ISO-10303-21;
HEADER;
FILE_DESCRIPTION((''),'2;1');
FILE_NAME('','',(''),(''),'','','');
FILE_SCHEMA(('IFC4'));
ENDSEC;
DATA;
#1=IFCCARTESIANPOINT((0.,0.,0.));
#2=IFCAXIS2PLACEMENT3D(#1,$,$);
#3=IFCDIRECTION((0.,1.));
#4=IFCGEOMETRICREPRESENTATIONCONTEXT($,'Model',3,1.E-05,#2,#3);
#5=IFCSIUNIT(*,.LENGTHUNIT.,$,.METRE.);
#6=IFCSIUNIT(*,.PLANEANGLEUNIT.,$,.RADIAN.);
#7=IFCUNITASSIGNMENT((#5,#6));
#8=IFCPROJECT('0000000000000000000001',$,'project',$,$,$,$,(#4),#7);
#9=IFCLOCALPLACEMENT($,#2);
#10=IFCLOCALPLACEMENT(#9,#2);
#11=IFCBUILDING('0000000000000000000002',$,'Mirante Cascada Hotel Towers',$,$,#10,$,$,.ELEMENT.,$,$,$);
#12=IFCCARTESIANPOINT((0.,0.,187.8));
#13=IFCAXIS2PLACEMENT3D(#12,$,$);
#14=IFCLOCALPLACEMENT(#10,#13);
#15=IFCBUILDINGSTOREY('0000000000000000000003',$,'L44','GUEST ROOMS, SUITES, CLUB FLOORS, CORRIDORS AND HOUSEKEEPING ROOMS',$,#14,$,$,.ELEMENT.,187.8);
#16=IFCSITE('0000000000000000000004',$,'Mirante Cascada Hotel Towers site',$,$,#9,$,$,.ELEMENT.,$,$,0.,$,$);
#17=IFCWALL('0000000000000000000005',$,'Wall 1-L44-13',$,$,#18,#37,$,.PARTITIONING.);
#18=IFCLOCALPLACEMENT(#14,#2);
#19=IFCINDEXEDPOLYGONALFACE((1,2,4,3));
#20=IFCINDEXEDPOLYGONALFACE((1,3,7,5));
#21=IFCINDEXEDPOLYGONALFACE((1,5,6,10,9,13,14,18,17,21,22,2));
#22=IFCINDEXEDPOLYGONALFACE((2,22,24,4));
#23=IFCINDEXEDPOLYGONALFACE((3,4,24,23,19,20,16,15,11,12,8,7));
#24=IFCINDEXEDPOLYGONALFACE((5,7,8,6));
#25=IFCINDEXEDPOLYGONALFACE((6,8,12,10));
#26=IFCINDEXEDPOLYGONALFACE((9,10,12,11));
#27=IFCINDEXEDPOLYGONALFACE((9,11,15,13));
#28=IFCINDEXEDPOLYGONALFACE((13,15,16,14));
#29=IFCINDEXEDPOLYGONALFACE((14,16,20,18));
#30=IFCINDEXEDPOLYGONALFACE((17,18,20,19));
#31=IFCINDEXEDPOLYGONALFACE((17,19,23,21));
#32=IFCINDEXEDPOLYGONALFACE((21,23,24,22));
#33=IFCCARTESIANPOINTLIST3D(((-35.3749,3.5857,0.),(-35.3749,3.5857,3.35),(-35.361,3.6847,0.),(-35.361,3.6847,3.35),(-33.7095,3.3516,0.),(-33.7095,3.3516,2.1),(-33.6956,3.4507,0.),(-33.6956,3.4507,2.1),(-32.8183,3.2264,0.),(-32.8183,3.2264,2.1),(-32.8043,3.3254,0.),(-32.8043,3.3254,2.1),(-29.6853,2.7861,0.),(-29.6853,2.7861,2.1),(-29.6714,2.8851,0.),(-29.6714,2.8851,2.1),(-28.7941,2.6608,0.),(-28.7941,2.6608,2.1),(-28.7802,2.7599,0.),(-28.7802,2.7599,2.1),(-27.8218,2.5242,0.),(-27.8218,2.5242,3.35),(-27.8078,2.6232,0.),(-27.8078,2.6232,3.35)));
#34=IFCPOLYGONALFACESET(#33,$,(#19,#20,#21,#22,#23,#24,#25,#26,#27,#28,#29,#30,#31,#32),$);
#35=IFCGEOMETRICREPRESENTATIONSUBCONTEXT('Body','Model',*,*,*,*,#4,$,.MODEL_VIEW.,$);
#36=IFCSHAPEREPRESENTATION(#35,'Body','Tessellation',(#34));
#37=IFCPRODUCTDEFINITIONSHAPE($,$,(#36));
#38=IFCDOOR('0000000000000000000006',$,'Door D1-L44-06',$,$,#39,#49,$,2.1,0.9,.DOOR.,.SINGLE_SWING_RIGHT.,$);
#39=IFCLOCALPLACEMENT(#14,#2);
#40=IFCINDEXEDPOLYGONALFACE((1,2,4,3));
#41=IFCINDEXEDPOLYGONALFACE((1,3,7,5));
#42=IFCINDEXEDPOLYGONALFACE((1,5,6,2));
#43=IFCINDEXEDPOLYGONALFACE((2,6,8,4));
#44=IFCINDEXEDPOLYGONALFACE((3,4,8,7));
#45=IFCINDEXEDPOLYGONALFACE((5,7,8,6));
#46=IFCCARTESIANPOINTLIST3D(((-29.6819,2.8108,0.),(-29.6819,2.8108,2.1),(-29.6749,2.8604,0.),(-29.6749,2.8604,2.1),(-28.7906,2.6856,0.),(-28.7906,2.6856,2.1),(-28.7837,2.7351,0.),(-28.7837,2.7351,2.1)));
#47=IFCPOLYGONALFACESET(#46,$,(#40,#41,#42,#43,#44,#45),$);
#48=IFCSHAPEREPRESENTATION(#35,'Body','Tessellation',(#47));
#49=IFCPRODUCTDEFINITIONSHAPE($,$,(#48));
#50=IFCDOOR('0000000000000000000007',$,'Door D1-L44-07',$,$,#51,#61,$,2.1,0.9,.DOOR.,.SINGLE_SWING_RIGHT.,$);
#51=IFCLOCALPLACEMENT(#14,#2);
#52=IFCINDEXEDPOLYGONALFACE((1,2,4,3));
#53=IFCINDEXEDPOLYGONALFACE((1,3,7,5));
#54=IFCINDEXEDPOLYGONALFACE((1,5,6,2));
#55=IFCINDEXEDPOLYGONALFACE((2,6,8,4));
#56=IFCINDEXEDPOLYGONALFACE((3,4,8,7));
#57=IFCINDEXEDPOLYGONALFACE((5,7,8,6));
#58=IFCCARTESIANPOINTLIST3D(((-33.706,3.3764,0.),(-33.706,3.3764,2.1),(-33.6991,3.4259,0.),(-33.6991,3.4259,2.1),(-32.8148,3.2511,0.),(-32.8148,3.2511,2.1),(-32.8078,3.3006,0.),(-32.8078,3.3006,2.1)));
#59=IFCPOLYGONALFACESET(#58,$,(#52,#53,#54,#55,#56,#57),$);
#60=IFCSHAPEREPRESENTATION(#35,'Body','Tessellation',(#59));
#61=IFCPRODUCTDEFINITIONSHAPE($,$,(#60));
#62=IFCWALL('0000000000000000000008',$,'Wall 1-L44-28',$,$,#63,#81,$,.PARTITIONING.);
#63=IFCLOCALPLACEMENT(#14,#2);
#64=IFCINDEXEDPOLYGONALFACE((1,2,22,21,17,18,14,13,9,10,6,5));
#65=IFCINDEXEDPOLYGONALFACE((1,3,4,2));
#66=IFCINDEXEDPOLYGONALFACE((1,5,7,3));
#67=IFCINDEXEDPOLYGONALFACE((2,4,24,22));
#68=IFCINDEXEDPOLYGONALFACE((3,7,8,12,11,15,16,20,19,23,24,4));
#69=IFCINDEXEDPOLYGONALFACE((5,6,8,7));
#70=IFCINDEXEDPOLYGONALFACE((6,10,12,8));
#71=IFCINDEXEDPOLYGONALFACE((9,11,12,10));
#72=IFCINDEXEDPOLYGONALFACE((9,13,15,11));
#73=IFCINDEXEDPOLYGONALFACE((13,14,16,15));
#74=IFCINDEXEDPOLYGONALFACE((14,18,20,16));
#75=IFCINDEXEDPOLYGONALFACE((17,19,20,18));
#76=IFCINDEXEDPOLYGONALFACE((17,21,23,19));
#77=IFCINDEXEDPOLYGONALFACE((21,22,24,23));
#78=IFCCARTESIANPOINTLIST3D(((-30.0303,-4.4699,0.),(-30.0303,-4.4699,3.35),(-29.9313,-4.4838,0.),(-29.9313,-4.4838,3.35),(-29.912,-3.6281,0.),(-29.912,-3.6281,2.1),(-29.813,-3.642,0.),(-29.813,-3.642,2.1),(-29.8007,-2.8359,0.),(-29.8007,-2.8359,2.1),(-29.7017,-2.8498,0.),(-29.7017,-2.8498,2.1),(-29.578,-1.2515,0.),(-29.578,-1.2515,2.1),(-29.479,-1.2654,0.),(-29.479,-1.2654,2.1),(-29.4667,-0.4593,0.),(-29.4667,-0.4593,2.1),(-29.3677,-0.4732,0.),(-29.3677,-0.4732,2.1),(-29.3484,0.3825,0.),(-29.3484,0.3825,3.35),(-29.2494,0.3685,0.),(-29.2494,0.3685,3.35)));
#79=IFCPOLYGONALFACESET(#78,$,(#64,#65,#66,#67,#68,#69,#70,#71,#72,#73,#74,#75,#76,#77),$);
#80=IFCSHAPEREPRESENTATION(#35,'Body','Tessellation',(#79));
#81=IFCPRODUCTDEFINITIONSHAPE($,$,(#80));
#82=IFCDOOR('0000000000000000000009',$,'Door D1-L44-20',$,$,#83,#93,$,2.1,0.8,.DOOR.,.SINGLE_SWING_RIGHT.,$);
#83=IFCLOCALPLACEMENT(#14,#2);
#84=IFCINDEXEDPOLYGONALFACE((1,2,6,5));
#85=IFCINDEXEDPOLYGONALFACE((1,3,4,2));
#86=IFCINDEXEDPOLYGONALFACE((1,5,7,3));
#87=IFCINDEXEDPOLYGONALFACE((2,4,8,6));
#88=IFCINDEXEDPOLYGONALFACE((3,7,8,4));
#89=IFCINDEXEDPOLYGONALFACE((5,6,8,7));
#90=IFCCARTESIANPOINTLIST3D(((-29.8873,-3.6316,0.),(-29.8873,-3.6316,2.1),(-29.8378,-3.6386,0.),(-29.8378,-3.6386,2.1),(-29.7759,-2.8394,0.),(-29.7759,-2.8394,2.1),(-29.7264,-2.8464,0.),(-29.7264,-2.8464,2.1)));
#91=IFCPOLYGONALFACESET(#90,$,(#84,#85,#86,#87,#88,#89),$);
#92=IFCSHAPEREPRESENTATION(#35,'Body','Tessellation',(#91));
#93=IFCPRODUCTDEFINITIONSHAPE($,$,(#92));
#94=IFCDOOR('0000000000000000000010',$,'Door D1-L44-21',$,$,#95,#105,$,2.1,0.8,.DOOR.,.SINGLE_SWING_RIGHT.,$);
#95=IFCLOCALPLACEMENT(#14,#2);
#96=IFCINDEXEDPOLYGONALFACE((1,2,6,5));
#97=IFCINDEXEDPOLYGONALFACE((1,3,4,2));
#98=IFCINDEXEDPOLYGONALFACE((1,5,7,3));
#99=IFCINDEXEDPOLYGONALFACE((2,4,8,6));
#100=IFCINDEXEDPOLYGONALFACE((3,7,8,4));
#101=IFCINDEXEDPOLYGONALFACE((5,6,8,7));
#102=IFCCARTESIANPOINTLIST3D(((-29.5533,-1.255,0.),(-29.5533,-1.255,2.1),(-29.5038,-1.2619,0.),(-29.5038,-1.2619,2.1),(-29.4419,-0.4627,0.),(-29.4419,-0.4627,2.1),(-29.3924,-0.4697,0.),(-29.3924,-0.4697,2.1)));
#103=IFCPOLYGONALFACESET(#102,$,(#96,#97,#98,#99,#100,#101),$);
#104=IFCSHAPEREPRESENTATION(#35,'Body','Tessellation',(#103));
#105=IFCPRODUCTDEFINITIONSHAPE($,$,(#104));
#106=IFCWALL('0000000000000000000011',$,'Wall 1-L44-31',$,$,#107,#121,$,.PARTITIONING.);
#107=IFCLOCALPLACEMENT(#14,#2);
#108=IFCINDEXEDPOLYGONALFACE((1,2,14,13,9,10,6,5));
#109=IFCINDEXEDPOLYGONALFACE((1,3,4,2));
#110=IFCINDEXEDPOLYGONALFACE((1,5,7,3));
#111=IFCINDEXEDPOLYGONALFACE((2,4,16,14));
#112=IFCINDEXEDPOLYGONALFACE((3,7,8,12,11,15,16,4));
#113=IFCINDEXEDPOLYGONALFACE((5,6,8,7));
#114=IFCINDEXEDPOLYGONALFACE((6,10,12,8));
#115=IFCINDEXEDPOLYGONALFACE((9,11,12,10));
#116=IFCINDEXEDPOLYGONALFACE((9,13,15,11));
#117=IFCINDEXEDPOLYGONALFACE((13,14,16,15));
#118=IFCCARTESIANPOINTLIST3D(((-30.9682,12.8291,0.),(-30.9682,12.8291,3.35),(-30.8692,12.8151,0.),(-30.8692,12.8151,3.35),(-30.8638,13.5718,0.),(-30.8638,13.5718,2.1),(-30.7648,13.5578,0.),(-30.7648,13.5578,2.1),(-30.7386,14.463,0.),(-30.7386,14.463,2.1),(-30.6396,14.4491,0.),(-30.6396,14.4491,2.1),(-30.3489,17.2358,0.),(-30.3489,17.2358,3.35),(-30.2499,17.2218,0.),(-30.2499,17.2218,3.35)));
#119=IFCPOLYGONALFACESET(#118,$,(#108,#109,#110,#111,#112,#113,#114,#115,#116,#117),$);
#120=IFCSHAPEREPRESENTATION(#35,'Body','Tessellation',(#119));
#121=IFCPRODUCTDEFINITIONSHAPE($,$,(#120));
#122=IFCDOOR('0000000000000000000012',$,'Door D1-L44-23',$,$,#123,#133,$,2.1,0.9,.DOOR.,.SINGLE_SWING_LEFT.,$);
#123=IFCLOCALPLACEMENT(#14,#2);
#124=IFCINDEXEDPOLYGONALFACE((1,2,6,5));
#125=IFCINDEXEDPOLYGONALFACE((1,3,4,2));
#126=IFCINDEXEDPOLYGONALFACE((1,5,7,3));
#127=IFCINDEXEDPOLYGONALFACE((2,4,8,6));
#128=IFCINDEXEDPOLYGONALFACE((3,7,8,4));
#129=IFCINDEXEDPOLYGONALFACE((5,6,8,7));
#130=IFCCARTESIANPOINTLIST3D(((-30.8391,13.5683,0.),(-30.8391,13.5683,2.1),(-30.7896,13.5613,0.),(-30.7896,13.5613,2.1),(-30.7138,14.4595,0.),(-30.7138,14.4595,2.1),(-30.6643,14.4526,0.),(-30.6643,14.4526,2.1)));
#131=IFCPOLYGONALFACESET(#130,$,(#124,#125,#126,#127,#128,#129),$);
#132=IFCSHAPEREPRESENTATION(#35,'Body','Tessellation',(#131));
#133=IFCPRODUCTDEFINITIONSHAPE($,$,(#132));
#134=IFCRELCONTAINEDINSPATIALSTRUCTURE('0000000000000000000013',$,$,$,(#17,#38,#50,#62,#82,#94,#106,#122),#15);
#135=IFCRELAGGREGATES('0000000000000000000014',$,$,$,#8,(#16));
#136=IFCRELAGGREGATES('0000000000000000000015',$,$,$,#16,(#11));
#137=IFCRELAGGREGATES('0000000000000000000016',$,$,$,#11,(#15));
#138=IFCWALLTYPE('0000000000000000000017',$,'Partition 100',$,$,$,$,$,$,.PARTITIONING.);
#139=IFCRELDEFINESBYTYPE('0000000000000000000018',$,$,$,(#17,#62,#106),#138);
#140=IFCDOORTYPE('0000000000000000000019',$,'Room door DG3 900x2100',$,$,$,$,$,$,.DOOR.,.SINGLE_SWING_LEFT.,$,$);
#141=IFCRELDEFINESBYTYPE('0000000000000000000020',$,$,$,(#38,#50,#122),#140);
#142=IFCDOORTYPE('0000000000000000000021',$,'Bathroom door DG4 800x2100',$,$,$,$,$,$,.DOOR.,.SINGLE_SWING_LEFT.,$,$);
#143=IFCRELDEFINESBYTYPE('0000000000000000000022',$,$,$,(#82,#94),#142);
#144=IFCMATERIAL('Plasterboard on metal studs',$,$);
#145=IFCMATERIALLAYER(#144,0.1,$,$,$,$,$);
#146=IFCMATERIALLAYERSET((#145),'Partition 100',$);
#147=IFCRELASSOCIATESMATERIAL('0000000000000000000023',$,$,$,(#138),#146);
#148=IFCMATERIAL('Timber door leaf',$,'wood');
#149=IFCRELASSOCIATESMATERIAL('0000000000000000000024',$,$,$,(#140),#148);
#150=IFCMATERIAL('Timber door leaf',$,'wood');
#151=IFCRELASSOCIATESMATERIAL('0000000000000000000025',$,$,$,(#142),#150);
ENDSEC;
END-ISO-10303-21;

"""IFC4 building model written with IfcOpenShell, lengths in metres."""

from ifc_helpers import new_model, si_unit, direction, frame, frame_2d, origin, place, context, subcontext, project, spatial, rectangle, extrude, material, layer, layer_set, type_object, element, fill, save


model = new_model("IFC4")

# Units and contexts
model_context = context("Model", 3, precision=1e-05, world=origin(), true_north=direction((0.0, 1.0)))
body_context = subcontext(model_context, "Body", "Model", "MODEL_VIEW")
ifc_project = project(units=[si_unit("LENGTHUNIT", "METRE"), si_unit("PLANEANGLEUNIT", "RADIAN")], contexts=[model_context])

# Site, building, storey
site_placement = place(None, origin())
site = spatial("IfcSite", under=ifc_project, at=site_placement, Name="Mirante Cascada Hotel Towers site", CompositionType="ELEMENT", RefElevation=0.0)
building_placement = place(site_placement, origin())
building = spatial("IfcBuilding", under=site, at=building_placement, Name="Mirante Cascada Hotel Towers", CompositionType="ELEMENT")
storey_placement = place(building_placement, frame((0.0, 0.0, 187.8)))
storey = spatial("IfcBuildingStorey", under=building, at=storey_placement, Name="L44", Description="GUEST ROOMS, SUITES, CLUB FLOORS, CORRIDORS AND HOUSEKEEPING ROOMS", CompositionType="ELEMENT", Elevation=187.8)

# Shared definitions
ifc_material_1 = material(Name="Plasterboard on metal studs")
ifc_layer_1 = layer(ifc_material_1, 0.1)
ifc_layer_set_1 = layer_set([ifc_layer_1], Name="Partition 100")
wall_type_1 = type_object("IfcWallType", Name="Partition 100", PredefinedType="PARTITIONING", material=ifc_layer_set_1)

# Walls, openings, doors
wall_1_placement = place(storey_placement, frame((-27.8148, 2.5737, 0.0), z_axis=(0.0, 0.0, 1.0), x_axis=(-0.990269, 0.139169, 0.0)))
wall_1 = element("IfcWall", 1, at=wall_1_placement, inside=storey, type_object=wall_type_1, Name="Wall 1-L44-13", PredefinedType="PARTITIONING", context=body_context, shape_type="SweptSolid", body=[
    extrude(rectangle(XDim=7.6274, YDim=0.1, at=frame_2d((3.8137, 0.0))), origin(), (0.0, 0.0, 1.0), 3.35),
])
opening_1_placement = place(wall_1_placement, frame((0.9819, 0.0, 0.0)))
opening_1 = element("IfcOpeningElement", 2, at=opening_1_placement, cuts=wall_1, PredefinedType="OPENING", context=body_context, shape_type="SweptSolid", body=[
    extrude(rectangle(XDim=0.9, YDim=2.1, at=frame_2d((0.45, 1.05))), frame((0.0, 0.05, 0.0), z_axis=(0.0, -1.0, 0.0), x_axis=(1.0, 0.0, 0.0)), (0.0, 0.0, 1.0), 0.1),
])
opening_2_placement = place(wall_1_placement, frame((5.0456, 0.0, 0.0)))
opening_2 = element("IfcOpeningElement", 3, at=opening_2_placement, cuts=wall_1, PredefinedType="OPENING", context=body_context, shape_type="SweptSolid", body=[
    extrude(rectangle(XDim=0.9, YDim=2.1, at=frame_2d((0.45, 1.05))), frame((0.0, 0.05, 0.0), z_axis=(0.0, -1.0, 0.0), x_axis=(1.0, 0.0, 0.0)), (0.0, 0.0, 1.0), 0.1),
])
ifc_material_2 = material(Name="Timber door leaf", Category="wood")
door_type_1 = type_object("IfcDoorType", Name="Room door DG3 900x2100", OperationType="SINGLE_SWING_LEFT", PredefinedType="DOOR", material=ifc_material_2)
door_1_placement = place(opening_1_placement, frame((0.9, 0.0, 0.0), z_axis=(0.0, 0.0, 1.0), x_axis=(-1.0, 0.0, 0.0)))
door_1 = element("IfcDoor", 4, at=door_1_placement, inside=storey, type_object=door_type_1, Name="Door D1-L44-06", OperationType="SINGLE_SWING_RIGHT", OverallHeight=2.1, OverallWidth=0.9, PredefinedType="DOOR", context=body_context, shape_type="SweptSolid", body=[
    extrude(rectangle(XDim=0.9, YDim=2.1, at=frame_2d((0.45, 1.05))), frame((0.0, 0.025, 0.0), z_axis=(0.0, -1.0, 0.0), x_axis=(1.0, 0.0, 0.0)), (0.0, 0.0, 1.0), 0.05),
])
fill(opening_1, door_1)
door_2_placement = place(opening_2_placement, frame((0.9, 0.0, 0.0), z_axis=(0.0, 0.0, 1.0), x_axis=(-1.0, 0.0, 0.0)))
door_2 = element("IfcDoor", 5, at=door_2_placement, inside=storey, type_object=door_type_1, Name="Door D1-L44-07", OperationType="SINGLE_SWING_RIGHT", OverallHeight=2.1, OverallWidth=0.9, PredefinedType="DOOR", context=body_context, shape_type="SweptSolid", body=[
    extrude(rectangle(XDim=0.9, YDim=2.1, at=frame_2d((0.45, 1.05))), frame((0.0, 0.025, 0.0), z_axis=(0.0, -1.0, 0.0), x_axis=(1.0, 0.0, 0.0)), (0.0, 0.0, 1.0), 0.05),
])
fill(opening_2, door_2)
wall_2_placement = place(storey_placement, frame((-29.2989, 0.3755, 0.0), z_axis=(0.0, 0.0, 1.0), x_axis=(-0.139164, -0.990269, 0.0)))
wall_2 = element("IfcWall", 6, at=wall_2_placement, inside=storey, type_object=wall_type_1, Name="Wall 1-L44-28", PredefinedType="PARTITIONING", context=body_context, shape_type="SweptSolid", body=[
    extrude(rectangle(XDim=4.9, YDim=0.1, at=frame_2d((2.45, 0.0))), origin(), (0.0, 0.0, 1.0), 3.35),
])
opening_3_placement = place(wall_2_placement, frame((3.25, 0.0, 0.0)))
opening_3 = element("IfcOpeningElement", 7, at=opening_3_placement, cuts=wall_2, PredefinedType="OPENING", context=body_context, shape_type="SweptSolid", body=[
    extrude(rectangle(XDim=0.8, YDim=2.1, at=frame_2d((0.4, 1.05))), frame((0.0, 0.05, 0.0), z_axis=(0.0, -1.0, 0.0), x_axis=(1.0, 0.0, 0.0)), (0.0, 0.0, 1.0), 0.1),
])
opening_4_placement = place(wall_2_placement, frame((0.85, 0.0, 0.0)))
opening_4 = element("IfcOpeningElement", 8, at=opening_4_placement, cuts=wall_2, PredefinedType="OPENING", context=body_context, shape_type="SweptSolid", body=[
    extrude(rectangle(XDim=0.8, YDim=2.1, at=frame_2d((0.4, 1.05))), frame((0.0, 0.05, 0.0), z_axis=(0.0, -1.0, 0.0), x_axis=(1.0, 0.0, 0.0)), (0.0, 0.0, 1.0), 0.1),
])
ifc_material_3 = material(Name="Timber door leaf", Category="wood")
door_type_2 = type_object("IfcDoorType", Name="Bathroom door DG4 800x2100", OperationType="SINGLE_SWING_LEFT", PredefinedType="DOOR", material=ifc_material_3)
door_3_placement = place(opening_3_placement, frame((0.8, 0.0, 0.0), z_axis=(0.0, 0.0, 1.0), x_axis=(-1.0, 0.0, 0.0)))
door_3 = element("IfcDoor", 9, at=door_3_placement, inside=storey, type_object=door_type_2, Name="Door D1-L44-20", OperationType="SINGLE_SWING_RIGHT", OverallHeight=2.1, OverallWidth=0.8, PredefinedType="DOOR", context=body_context, shape_type="SweptSolid", body=[
    extrude(rectangle(XDim=0.8, YDim=2.1, at=frame_2d((0.4, 1.05))), frame((0.0, 0.025, 0.0), z_axis=(0.0, -1.0, 0.0), x_axis=(1.0, 0.0, 0.0)), (0.0, 0.0, 1.0), 0.05),
])
fill(opening_3, door_3)
door_4_placement = place(opening_4_placement, frame((0.8, 0.0, 0.0), z_axis=(0.0, 0.0, 1.0), x_axis=(-1.0, 0.0, 0.0)))
door_4 = element("IfcDoor", 10, at=door_4_placement, inside=storey, type_object=door_type_2, Name="Door D1-L44-21", OperationType="SINGLE_SWING_RIGHT", OverallHeight=2.1, OverallWidth=0.8, PredefinedType="DOOR", context=body_context, shape_type="SweptSolid", body=[
    extrude(rectangle(XDim=0.8, YDim=2.1, at=frame_2d((0.4, 1.05))), frame((0.0, 0.025, 0.0), z_axis=(0.0, -1.0, 0.0), x_axis=(1.0, 0.0, 0.0)), (0.0, 0.0, 1.0), 0.05),
])
fill(opening_4, door_4)

# Wall, opening, door
wall_3_placement = place(storey_placement, frame((-30.9187, 12.8221, 0.0), z_axis=(0.0, 0.0, 1.0), x_axis=(0.139168, 0.990269, 0.0)))
wall_3 = element("IfcWall", 11, at=wall_3_placement, inside=storey, type_object=wall_type_1, Name="Wall 1-L44-31", PredefinedType="PARTITIONING", context=body_context, shape_type="SweptSolid", body=[
    extrude(rectangle(XDim=4.45, YDim=0.1, at=frame_2d((2.225, 0.0))), origin(), (0.0, 0.0, 1.0), 3.35),
])
opening_5_placement = place(wall_3_placement, frame((0.75, 0.0, 0.0)))
opening_5 = element("IfcOpeningElement", 12, at=opening_5_placement, cuts=wall_3, PredefinedType="OPENING", context=body_context, shape_type="SweptSolid", body=[
    extrude(rectangle(XDim=0.9, YDim=2.1, at=frame_2d((0.45, 1.05))), frame((0.0, 0.05, 0.0), z_axis=(0.0, -1.0, 0.0), x_axis=(1.0, 0.0, 0.0)), (0.0, 0.0, 1.0), 0.1),
])
door_5_placement = place(opening_5_placement, origin())
door_5 = element("IfcDoor", 13, at=door_5_placement, inside=storey, type_object=door_type_1, Name="Door D1-L44-23", OperationType="SINGLE_SWING_LEFT", OverallHeight=2.1, OverallWidth=0.9, PredefinedType="DOOR", context=body_context, shape_type="SweptSolid", body=[
    extrude(rectangle(XDim=0.9, YDim=2.1, at=frame_2d((0.45, 1.05))), frame((0.0, 0.025, 0.0), z_axis=(0.0, -1.0, 0.0), x_axis=(1.0, 0.0, 0.0)), (0.0, 0.0, 1.0), 0.05),
])
fill(opening_5, door_5)

save(model, "model.ifc")
